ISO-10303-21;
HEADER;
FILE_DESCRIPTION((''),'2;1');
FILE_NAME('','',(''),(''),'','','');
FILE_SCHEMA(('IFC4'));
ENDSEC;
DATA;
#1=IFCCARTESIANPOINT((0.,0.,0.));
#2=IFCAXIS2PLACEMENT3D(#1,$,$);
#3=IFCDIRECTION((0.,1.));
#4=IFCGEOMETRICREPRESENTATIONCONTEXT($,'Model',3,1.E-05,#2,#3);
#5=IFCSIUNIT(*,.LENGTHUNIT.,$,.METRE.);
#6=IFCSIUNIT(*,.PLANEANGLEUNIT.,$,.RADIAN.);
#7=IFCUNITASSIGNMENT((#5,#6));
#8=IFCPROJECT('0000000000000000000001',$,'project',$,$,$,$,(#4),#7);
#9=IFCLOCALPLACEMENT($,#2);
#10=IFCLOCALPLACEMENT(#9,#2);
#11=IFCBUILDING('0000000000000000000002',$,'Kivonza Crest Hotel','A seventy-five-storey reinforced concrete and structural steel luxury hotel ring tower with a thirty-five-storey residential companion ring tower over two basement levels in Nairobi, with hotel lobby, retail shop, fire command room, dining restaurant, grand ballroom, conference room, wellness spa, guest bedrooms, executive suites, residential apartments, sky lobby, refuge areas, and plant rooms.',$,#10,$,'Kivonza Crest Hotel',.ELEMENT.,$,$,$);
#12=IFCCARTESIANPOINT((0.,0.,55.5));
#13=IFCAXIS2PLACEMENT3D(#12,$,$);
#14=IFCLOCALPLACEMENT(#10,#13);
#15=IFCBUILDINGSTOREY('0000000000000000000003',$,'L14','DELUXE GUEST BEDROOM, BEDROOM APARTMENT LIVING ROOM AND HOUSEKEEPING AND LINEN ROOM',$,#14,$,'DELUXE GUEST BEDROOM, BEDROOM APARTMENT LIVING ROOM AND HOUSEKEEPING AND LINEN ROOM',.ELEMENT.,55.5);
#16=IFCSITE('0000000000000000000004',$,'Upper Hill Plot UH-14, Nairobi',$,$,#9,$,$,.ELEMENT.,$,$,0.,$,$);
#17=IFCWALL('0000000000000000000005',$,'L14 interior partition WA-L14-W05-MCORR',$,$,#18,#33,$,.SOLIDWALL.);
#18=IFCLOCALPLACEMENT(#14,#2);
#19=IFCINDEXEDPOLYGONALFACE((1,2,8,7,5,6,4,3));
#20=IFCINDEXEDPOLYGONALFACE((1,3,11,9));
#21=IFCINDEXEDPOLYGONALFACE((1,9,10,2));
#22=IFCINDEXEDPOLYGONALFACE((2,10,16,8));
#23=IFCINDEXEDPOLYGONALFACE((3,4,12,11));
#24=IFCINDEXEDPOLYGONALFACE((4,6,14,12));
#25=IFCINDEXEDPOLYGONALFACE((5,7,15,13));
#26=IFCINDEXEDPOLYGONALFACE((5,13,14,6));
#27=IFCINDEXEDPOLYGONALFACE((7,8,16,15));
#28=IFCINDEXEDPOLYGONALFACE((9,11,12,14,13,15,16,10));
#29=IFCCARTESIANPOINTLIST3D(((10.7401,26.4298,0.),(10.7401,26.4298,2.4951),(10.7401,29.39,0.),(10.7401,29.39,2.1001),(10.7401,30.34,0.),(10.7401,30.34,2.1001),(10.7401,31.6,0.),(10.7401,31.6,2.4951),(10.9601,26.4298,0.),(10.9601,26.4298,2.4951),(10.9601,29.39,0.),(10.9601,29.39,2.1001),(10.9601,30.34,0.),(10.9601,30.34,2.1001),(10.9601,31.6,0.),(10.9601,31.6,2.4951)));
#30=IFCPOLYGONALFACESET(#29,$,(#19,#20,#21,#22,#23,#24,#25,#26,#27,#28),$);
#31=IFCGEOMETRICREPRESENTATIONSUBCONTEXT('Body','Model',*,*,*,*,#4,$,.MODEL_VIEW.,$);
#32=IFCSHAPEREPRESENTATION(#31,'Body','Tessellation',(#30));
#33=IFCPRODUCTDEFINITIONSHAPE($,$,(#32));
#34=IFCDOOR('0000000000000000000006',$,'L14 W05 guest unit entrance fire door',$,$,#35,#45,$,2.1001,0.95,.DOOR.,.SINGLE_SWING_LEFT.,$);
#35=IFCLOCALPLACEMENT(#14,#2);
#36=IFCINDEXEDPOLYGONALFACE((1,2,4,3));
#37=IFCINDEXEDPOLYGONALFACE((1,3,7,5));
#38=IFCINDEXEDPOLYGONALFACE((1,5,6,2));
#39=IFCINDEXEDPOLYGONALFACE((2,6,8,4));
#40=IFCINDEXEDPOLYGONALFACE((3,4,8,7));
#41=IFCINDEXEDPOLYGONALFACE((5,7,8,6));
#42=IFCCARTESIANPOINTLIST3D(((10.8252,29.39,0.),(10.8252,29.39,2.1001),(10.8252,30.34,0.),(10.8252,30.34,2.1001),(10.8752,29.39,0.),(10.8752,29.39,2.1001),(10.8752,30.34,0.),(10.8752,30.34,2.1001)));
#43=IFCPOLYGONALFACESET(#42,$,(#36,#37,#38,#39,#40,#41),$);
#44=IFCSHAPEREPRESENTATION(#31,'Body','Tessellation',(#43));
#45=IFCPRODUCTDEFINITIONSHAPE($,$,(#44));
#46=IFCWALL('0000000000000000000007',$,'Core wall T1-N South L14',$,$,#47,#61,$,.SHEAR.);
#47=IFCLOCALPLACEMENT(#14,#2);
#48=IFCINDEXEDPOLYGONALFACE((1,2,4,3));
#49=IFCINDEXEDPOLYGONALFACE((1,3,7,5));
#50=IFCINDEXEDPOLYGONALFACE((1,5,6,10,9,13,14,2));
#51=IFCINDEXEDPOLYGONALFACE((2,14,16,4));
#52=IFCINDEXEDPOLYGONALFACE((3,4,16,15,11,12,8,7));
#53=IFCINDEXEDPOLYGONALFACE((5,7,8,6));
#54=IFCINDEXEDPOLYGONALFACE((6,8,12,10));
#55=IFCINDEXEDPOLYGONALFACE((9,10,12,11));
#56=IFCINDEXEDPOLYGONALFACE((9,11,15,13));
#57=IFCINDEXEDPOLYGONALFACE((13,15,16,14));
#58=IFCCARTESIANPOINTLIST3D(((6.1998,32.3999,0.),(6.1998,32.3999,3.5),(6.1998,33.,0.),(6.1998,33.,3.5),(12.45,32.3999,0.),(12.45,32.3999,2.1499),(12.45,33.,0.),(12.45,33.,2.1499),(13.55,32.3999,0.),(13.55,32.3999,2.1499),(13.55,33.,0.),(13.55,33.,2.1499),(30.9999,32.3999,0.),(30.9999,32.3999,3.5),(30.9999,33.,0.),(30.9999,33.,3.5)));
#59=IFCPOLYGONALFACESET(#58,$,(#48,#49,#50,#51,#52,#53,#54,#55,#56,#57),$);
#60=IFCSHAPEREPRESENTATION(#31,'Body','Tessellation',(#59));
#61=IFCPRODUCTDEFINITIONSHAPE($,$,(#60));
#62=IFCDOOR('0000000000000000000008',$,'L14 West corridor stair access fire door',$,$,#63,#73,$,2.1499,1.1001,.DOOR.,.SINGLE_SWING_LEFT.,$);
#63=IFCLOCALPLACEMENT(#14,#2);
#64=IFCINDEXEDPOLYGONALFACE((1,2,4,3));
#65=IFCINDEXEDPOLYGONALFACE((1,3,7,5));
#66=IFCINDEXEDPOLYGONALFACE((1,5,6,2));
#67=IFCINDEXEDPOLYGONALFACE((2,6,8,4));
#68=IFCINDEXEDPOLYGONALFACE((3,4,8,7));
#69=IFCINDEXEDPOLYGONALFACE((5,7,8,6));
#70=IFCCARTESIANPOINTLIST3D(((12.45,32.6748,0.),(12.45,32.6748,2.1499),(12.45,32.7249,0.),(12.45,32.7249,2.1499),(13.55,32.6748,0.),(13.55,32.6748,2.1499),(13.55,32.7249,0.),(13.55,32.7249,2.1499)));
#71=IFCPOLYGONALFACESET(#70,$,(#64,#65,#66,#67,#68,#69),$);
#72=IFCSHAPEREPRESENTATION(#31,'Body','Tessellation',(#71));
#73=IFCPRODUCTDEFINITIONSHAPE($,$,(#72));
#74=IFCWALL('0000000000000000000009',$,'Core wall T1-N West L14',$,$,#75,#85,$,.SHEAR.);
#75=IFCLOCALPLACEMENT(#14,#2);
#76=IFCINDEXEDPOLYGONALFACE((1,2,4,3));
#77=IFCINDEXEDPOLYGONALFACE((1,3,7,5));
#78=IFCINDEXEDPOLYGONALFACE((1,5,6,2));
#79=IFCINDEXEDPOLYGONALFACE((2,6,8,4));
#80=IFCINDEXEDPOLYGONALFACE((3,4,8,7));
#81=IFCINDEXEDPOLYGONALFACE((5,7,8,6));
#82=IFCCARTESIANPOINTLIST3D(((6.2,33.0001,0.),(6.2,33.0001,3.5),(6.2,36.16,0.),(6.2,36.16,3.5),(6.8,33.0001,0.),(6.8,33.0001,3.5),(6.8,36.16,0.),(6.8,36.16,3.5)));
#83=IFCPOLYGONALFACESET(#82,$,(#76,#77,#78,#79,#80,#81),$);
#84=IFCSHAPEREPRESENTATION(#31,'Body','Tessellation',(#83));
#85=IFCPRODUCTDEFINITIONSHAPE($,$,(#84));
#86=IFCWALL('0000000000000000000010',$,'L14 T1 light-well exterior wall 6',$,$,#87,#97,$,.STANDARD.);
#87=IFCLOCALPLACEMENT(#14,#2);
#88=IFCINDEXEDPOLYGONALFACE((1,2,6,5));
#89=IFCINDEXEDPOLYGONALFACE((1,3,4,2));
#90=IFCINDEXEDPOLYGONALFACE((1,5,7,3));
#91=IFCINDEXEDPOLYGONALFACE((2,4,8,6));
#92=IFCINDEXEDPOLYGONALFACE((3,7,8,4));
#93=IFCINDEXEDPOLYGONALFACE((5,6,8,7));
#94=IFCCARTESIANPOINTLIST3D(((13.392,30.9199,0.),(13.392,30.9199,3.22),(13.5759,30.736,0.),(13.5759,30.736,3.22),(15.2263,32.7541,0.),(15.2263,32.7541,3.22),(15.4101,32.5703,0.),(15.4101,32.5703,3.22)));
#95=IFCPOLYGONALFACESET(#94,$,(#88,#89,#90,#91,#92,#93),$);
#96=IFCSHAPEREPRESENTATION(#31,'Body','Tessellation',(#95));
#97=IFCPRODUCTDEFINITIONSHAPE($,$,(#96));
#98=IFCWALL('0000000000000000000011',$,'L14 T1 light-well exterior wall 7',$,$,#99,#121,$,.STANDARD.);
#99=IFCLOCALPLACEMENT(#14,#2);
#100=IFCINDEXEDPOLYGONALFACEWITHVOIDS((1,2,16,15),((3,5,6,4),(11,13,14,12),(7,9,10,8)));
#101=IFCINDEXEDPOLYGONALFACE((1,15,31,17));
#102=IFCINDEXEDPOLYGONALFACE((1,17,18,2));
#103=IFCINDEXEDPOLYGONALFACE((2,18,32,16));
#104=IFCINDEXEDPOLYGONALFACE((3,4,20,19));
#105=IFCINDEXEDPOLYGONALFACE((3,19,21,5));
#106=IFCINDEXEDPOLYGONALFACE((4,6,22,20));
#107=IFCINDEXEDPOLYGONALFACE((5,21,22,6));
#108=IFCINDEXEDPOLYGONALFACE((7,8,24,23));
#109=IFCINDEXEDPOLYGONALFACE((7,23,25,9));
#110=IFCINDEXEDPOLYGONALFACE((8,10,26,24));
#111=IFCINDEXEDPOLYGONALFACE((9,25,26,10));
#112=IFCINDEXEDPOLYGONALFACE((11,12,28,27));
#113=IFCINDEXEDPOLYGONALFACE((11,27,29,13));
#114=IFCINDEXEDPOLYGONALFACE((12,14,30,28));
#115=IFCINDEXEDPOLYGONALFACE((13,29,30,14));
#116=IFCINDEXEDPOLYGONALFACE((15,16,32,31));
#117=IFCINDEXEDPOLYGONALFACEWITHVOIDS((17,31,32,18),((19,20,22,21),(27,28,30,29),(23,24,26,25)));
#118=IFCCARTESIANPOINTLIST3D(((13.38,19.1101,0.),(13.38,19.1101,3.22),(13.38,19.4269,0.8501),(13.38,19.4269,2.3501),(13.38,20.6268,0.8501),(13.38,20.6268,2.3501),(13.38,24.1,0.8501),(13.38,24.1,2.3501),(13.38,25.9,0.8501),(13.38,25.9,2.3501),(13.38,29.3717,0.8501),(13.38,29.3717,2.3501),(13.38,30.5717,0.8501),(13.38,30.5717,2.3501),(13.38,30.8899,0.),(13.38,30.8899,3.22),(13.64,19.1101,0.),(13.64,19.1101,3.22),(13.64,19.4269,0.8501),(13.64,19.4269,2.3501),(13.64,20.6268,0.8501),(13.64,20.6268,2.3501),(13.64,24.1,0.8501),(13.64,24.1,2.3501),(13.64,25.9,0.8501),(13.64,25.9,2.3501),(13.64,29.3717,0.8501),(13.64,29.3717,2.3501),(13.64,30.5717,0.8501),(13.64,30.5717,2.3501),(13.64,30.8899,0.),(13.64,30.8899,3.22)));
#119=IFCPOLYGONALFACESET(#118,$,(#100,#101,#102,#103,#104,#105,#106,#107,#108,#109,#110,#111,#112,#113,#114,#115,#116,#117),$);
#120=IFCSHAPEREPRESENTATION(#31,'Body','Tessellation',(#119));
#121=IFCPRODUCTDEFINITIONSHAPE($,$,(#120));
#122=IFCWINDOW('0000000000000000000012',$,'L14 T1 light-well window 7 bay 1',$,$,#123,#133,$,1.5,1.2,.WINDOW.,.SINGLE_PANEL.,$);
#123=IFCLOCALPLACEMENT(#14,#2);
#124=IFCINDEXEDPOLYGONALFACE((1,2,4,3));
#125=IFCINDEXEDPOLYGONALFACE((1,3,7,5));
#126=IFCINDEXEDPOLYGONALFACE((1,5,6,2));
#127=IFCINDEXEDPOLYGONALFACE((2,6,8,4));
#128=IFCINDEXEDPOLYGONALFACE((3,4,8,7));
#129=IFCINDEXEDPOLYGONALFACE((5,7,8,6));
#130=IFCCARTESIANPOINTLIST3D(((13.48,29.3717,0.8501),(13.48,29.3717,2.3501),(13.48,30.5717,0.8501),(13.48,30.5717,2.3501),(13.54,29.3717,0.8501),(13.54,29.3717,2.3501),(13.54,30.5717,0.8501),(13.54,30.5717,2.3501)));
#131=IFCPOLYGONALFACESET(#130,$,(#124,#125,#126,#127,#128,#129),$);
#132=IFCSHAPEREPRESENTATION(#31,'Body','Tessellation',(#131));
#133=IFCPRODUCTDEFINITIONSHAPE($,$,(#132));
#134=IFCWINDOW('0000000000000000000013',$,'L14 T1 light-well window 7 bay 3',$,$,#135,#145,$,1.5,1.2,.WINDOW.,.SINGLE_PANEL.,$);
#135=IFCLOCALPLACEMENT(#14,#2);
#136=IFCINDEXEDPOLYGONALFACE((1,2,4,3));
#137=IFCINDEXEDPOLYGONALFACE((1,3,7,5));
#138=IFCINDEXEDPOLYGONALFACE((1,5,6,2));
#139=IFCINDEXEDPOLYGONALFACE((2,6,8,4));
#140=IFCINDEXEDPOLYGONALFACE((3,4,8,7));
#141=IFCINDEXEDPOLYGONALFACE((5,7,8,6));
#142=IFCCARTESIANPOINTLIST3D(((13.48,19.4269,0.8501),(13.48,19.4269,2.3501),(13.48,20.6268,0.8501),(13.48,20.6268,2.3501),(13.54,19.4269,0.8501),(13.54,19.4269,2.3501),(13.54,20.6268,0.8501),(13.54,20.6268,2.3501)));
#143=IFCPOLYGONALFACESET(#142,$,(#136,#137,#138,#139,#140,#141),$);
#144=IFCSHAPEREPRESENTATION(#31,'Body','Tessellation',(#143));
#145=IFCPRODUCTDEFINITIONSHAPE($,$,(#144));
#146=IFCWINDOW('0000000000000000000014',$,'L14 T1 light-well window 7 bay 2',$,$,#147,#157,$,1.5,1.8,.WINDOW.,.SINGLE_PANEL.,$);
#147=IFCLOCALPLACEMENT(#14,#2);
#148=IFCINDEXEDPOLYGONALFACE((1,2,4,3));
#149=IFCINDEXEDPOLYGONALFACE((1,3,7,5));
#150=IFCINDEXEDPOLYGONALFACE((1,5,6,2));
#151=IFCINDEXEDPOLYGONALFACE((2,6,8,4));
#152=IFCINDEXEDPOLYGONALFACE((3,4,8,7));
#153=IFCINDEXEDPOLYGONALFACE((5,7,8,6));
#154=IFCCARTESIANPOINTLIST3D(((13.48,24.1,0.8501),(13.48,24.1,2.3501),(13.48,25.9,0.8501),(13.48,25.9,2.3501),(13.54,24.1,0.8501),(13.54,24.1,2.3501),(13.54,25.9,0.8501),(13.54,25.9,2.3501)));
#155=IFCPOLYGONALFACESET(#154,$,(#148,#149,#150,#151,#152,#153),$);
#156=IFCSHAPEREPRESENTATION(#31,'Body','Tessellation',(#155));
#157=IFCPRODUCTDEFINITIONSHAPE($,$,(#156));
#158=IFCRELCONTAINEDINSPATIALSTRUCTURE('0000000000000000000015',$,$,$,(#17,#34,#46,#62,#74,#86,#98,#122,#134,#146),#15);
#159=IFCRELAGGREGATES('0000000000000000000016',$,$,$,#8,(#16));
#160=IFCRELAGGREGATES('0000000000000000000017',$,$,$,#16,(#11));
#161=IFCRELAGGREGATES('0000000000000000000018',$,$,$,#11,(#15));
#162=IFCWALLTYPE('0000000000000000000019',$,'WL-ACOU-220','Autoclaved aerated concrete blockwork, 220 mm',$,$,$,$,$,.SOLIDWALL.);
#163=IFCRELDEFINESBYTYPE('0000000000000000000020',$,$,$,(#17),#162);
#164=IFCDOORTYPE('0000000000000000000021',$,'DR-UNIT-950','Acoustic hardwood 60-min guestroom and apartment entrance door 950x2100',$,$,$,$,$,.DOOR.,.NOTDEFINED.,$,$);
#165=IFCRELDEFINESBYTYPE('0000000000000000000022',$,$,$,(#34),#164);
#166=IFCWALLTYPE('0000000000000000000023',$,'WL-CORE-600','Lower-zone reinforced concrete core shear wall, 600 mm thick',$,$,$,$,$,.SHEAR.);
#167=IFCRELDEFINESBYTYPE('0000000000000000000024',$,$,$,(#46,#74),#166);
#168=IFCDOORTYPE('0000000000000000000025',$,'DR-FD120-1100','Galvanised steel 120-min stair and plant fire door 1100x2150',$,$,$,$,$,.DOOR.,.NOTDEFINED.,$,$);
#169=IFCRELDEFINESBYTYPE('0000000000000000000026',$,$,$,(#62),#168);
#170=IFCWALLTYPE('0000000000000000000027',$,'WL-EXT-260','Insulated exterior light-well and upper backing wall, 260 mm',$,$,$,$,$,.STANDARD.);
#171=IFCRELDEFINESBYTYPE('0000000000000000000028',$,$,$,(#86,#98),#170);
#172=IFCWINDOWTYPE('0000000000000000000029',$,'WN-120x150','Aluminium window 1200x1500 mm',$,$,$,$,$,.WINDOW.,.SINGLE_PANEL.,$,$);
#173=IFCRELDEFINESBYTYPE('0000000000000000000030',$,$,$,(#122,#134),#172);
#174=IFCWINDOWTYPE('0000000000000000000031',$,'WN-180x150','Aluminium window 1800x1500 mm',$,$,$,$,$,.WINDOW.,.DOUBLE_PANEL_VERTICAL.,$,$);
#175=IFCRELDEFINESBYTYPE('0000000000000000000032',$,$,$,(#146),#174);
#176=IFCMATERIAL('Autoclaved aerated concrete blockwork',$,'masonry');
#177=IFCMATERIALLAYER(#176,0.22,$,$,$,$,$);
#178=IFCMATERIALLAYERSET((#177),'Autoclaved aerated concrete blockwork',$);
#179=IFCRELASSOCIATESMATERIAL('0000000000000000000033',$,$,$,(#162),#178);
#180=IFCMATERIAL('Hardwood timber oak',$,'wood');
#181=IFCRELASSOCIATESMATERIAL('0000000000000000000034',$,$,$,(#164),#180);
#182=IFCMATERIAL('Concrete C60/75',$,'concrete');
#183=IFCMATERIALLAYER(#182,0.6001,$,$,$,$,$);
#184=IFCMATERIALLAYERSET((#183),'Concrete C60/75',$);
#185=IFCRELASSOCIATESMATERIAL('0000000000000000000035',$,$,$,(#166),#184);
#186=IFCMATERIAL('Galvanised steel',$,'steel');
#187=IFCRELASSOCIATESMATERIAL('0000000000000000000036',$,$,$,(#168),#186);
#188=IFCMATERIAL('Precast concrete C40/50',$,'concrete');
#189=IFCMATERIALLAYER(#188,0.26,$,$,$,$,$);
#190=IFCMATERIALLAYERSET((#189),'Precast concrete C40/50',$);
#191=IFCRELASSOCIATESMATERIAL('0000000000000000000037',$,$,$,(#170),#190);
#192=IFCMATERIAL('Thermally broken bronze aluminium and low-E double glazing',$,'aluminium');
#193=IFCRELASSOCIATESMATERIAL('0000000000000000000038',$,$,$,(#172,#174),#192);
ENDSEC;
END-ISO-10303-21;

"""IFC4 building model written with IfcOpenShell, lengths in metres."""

from ifc_helpers import new_model, si_unit, direction, frame, frame_2d, origin, place, context, subcontext, project, spatial, rectangle, extrude, material, layer, layer_set, type_object, element, fill, save


model = new_model("IFC4")

# Units and contexts
model_context = context("Model", 3, precision=1e-05, world=origin(), true_north=direction((0.0, 1.0)))
body_context = subcontext(model_context, "Body", "Model", "MODEL_VIEW")
ifc_project = project(units=[si_unit("LENGTHUNIT", "METRE"), si_unit("PLANEANGLEUNIT", "RADIAN")], contexts=[model_context])

# Site, building, storey
site_placement = place(None, origin())
site = spatial("IfcSite", under=ifc_project, at=site_placement, Name="Upper Hill Plot UH-14, Nairobi", CompositionType="ELEMENT", RefElevation=0.0)
building_placement = place(site_placement, origin())
building = spatial("IfcBuilding", under=site, at=building_placement, Name="Kivonza Crest Hotel", Description="A seventy-five-storey reinforced concrete and structural steel luxury hotel ring tower with a thirty-five-storey residential companion ring tower over two basement levels in Nairobi, with hotel lobby, retail shop, fire command room, dining restaurant, grand ballroom, conference room, wellness spa, guest bedrooms, executive suites, residential apartments, sky lobby, refuge areas, and plant rooms.", LongName="Kivonza Crest Hotel", CompositionType="ELEMENT")
storey_placement = place(building_placement, frame((0.0, 0.0, 55.5)))
storey = spatial("IfcBuildingStorey", under=building, at=storey_placement, Name="L14", Description="DELUXE GUEST BEDROOM, BEDROOM APARTMENT LIVING ROOM AND HOUSEKEEPING AND LINEN ROOM", LongName="DELUXE GUEST BEDROOM, BEDROOM APARTMENT LIVING ROOM AND HOUSEKEEPING AND LINEN ROOM", CompositionType="ELEMENT", Elevation=55.5)

# Shared definitions
ifc_material_1 = material(Name="Concrete C60/75", Category="concrete")

# Shared definitions
ifc_material_2 = material(Name="Autoclaved aerated concrete blockwork", Category="masonry")
ifc_layer_1 = layer(ifc_material_2, 0.22)
ifc_layer_set_1 = layer_set([ifc_layer_1], Name="Autoclaved aerated concrete blockwork")
wall_type_1 = type_object("IfcWallType", Name="WL-ACOU-220", Description="Autoclaved aerated concrete blockwork, 220 mm", PredefinedType="SOLIDWALL", material=ifc_layer_set_1)

# Walls, openings, doors
wall_1_placement = place(storey_placement, frame((10.8501, 26.4299, 0.0), z_axis=(0.0, 0.0, 1.0), x_axis=(0.0, 1.0, 0.0)))
wall_1 = element("IfcWall", 1, at=wall_1_placement, inside=storey, type_object=wall_type_1, Name="L14 interior partition WA-L14-W05-MCORR", PredefinedType="SOLIDWALL", context=body_context, shape_type="SweptSolid", body=[
    extrude(rectangle(XDim=5.1702, YDim=0.22, at=frame_2d((2.585, 0.0))), origin(), (0.0, 0.0, 1.0), 2.4951),
])
opening_1_placement = place(wall_1_placement, frame((2.96, 0.0, 0.0)))
opening_1 = element("IfcOpeningElement", 2, at=opening_1_placement, cuts=wall_1, PredefinedType="OPENING", context=body_context, shape_type="SweptSolid", body=[
    extrude(rectangle(XDim=0.95, YDim=2.1001, at=frame_2d((0.4751, 1.05))), frame((0.0, 0.1201, 0.0), z_axis=(0.0, -1.0, 0.0), x_axis=(1.0, 0.0, 0.0)), (0.0, 0.0, 1.0), 0.24),
])
ifc_material_3 = material(Name="Hardwood timber oak", Category="wood")
door_type_1 = type_object("IfcDoorType", Name="DR-UNIT-950", Description="Acoustic hardwood 60-min guestroom and apartment entrance door 950x2100", OperationType="NOTDEFINED", PredefinedType="DOOR", material=ifc_material_3)
door_1_placement = place(opening_1_placement, origin())
door_1 = element("IfcDoor", 3, at=door_1_placement, inside=storey, type_object=door_type_1, Name="L14 W05 guest unit entrance fire door", OperationType="SINGLE_SWING_LEFT", OverallHeight=2.1001, OverallWidth=0.95, PredefinedType="DOOR", context=body_context, shape_type="SweptSolid", body=[
    extrude(rectangle(XDim=0.95, YDim=2.1001, at=frame_2d((0.4751, 1.05))), frame((0.0, 0.0249, 0.0), z_axis=(0.0, -1.0, 0.0), x_axis=(1.0, 0.0, 0.0)), (0.0, 0.0, 1.0), 0.05),
])
fill(opening_1, door_1)
ifc_layer_2 = layer(ifc_material_1, 0.6001)
ifc_layer_set_2 = layer_set([ifc_layer_2], Name="Concrete C60/75")
wall_type_2 = type_object("IfcWallType", Name="WL-CORE-600", Description="Lower-zone reinforced concrete core shear wall, 600 mm thick", PredefinedType="SHEAR", material=ifc_layer_set_2)
wall_2_placement = place(storey_placement, frame((6.2, 32.7, 0.0), z_axis=(0.0, 0.0, 1.0), x_axis=(1.0, 0.0, 0.0)))
wall_2 = element("IfcWall", 4, at=wall_2_placement, inside=storey, type_object=wall_type_2, Name="Core wall T1-N South L14", PredefinedType="SHEAR", context=body_context, shape_type="SweptSolid", body=[
    extrude(rectangle(XDim=24.8, YDim=0.6001, at=frame_2d((12.3999, 0.0))), origin(), (0.0, 0.0, 1.0), 3.5),
])
opening_2_placement = place(wall_2_placement, frame((6.25, 0.0, 0.0)))
opening_2 = element("IfcOpeningElement", 5, at=opening_2_placement, cuts=wall_2, PredefinedType="OPENING", context=body_context, shape_type="SweptSolid", body=[
    extrude(rectangle(XDim=1.1001, YDim=2.1499, at=frame_2d((0.55, 1.075))), frame((0.0, 0.3101, 0.0), z_axis=(0.0, -1.0, 0.0), x_axis=(1.0, 0.0, 0.0)), (0.0, 0.0, 1.0), 0.6201),
])
ifc_material_4 = material(Name="Galvanised steel", Category="steel")
door_type_2 = type_object("IfcDoorType", Name="DR-FD120-1100", Description="Galvanised steel 120-min stair and plant fire door 1100x2150", OperationType="NOTDEFINED", PredefinedType="DOOR", material=ifc_material_4)
door_2_placement = place(opening_2_placement, origin())
door_2 = element("IfcDoor", 6, at=door_2_placement, inside=storey, type_object=door_type_2, Name="L14 West corridor stair access fire door", OperationType="SINGLE_SWING_LEFT", OverallHeight=2.1499, OverallWidth=1.1001, PredefinedType="DOOR", context=body_context, shape_type="SweptSolid", body=[
    extrude(rectangle(XDim=1.1001, YDim=2.1499, at=frame_2d((0.55, 1.075))), frame((0.0, 0.0249, 0.0), z_axis=(0.0, -1.0, 0.0), x_axis=(1.0, 0.0, 0.0)), (0.0, 0.0, 1.0), 0.05),
])
fill(opening_2, door_2)

# Walls
wall_3_placement = place(storey_placement, frame((6.5, 33.0, 0.0), z_axis=(0.0, 0.0, 1.0), x_axis=(0.0, 1.0, 0.0)))
element("IfcWall", 7, at=wall_3_placement, inside=storey, type_object=wall_type_2, Name="Core wall T1-N West L14", PredefinedType="SHEAR", context=body_context, shape_type="SweptSolid", body=[
    extrude(rectangle(XDim=3.1599, YDim=0.6001, at=frame_2d((1.5801, 0.0))), origin(), (0.0, 0.0, 1.0), 3.5),
])
ifc_material_5 = material(Name="Precast concrete C40/50", Category="concrete")
ifc_layer_3 = layer(ifc_material_5, 0.26)
ifc_layer_set_3 = layer_set([ifc_layer_3], Name="Precast concrete C40/50")
wall_type_3 = type_object("IfcWallType", Name="WL-EXT-260", Description="Insulated exterior light-well and upper backing wall, 260 mm", PredefinedType="STANDARD", material=ifc_layer_set_3)
wall_4_placement = place(storey_placement, frame((15.3181, 32.6621, 0.0), z_axis=(0.0, 0.0, 1.0), x_axis=(-0.707107, -0.707107, 0.0)))
element("IfcWall", 8, at=wall_4_placement, inside=storey, type_object=wall_type_3, Name="L14 T1 light-well exterior wall 6", PredefinedType="STANDARD", context=body_context, shape_type="SweptSolid", body=[
    extrude(rectangle(XDim=2.594, YDim=0.26, at=frame_2d((1.2969, 0.0))), origin(), (0.0, 0.0, 1.0), 3.22),
])

# Wall, openings, windows
wall_5_placement = place(storey_placement, frame((13.51, 30.8899, 0.0), z_axis=(0.0, 0.0, 1.0), x_axis=(0.0, -1.0, 0.0)))
wall_5 = element("IfcWall", 9, at=wall_5_placement, inside=storey, type_object=wall_type_3, Name="L14 T1 light-well exterior wall 7", PredefinedType="STANDARD", context=body_context, shape_type="SweptSolid", body=[
    extrude(rectangle(XDim=11.7798, YDim=0.26, at=frame_2d((5.8899, 0.0))), origin(), (0.0, 0.0, 1.0), 3.22),
])
opening_3_placement = place(wall_5_placement, frame((0.3181, 0.0, 0.8501)))
opening_3 = element("IfcOpeningElement", 10, at=opening_3_placement, cuts=wall_5, PredefinedType="OPENING", context=body_context, shape_type="SweptSolid", body=[
    extrude(rectangle(XDim=1.2, YDim=1.5, at=frame_2d((0.6001, 0.75))), frame((0.0, 0.1401, 0.0), z_axis=(0.0, -1.0, 0.0), x_axis=(1.0, 0.0, 0.0)), (0.0, 0.0, 1.0), 0.28),
])
opening_4_placement = place(wall_5_placement, frame((4.99, 0.0, 0.8501)))
opening_4 = element("IfcOpeningElement", 11, at=opening_4_placement, cuts=wall_5, PredefinedType="OPENING", context=body_context, shape_type="SweptSolid", body=[
    extrude(rectangle(XDim=1.8, YDim=1.5, at=frame_2d((0.8999, 0.75))), frame((0.0, 0.1401, 0.0), z_axis=(0.0, -1.0, 0.0), x_axis=(1.0, 0.0, 0.0)), (0.0, 0.0, 1.0), 0.28),
])
opening_5_placement = place(wall_5_placement, frame((10.2629, 0.0, 0.8501)))
opening_5 = element("IfcOpeningElement", 12, at=opening_5_placement, cuts=wall_5, PredefinedType="OPENING", context=body_context, shape_type="SweptSolid", body=[
    extrude(rectangle(XDim=1.2, YDim=1.5, at=frame_2d((0.6001, 0.75))), frame((0.0, 0.1401, 0.0), z_axis=(0.0, -1.0, 0.0), x_axis=(1.0, 0.0, 0.0)), (0.0, 0.0, 1.0), 0.28),
])
ifc_material_6 = material(Name="Thermally broken bronze aluminium and low-E double glazing", Category="aluminium")
window_type_1 = type_object("IfcWindowType", Name="WN-120x150", Description="Aluminium window 1200x1500 mm", PartitioningType="SINGLE_PANEL", PredefinedType="WINDOW", material=ifc_material_6)
window_1_placement = place(opening_3_placement, origin())
window_1 = element("IfcWindow", 13, at=window_1_placement, inside=storey, type_object=window_type_1, Name="L14 T1 light-well window 7 bay 1", OverallHeight=1.5, OverallWidth=1.2, PartitioningType="SINGLE_PANEL", PredefinedType="WINDOW", context=body_context, shape_type="SweptSolid", body=[
    extrude(rectangle(XDim=1.2, YDim=1.5, at=frame_2d((0.6001, 0.75))), frame((0.0, 0.03, 0.0), z_axis=(0.0, -1.0, 0.0), x_axis=(1.0, 0.0, 0.0)), (0.0, 0.0, 1.0), 0.0601),
])
fill(opening_3, window_1)
window_2_placement = place(opening_5_placement, origin())
window_2 = element("IfcWindow", 14, at=window_2_placement, inside=storey, type_object=window_type_1, Name="L14 T1 light-well window 7 bay 3", OverallHeight=1.5, OverallWidth=1.2, PartitioningType="SINGLE_PANEL", PredefinedType="WINDOW", context=body_context, shape_type="SweptSolid", body=[
    extrude(rectangle(XDim=1.2, YDim=1.5, at=frame_2d((0.6001, 0.75))), frame((0.0, 0.03, 0.0), z_axis=(0.0, -1.0, 0.0), x_axis=(1.0, 0.0, 0.0)), (0.0, 0.0, 1.0), 0.0601),
])
fill(opening_5, window_2)
window_type_2 = type_object("IfcWindowType", Name="WN-180x150", Description="Aluminium window 1800x1500 mm", PartitioningType="DOUBLE_PANEL_VERTICAL", PredefinedType="WINDOW", material=ifc_material_6)
window_3_placement = place(opening_4_placement, origin())
window_3 = element("IfcWindow", 15, at=window_3_placement, inside=storey, type_object=window_type_2, Name="L14 T1 light-well window 7 bay 2", OverallHeight=1.5, OverallWidth=1.8, PartitioningType="SINGLE_PANEL", PredefinedType="WINDOW", context=body_context, shape_type="SweptSolid", body=[
    extrude(rectangle(XDim=1.8, YDim=1.5, at=frame_2d((0.8999, 0.75))), frame((0.0, 0.03, 0.0), z_axis=(0.0, -1.0, 0.0), x_axis=(1.0, 0.0, 0.0)), (0.0, 0.0, 1.0), 0.0601),
])
fill(opening_4, window_3)

save(model, "model.ifc")
